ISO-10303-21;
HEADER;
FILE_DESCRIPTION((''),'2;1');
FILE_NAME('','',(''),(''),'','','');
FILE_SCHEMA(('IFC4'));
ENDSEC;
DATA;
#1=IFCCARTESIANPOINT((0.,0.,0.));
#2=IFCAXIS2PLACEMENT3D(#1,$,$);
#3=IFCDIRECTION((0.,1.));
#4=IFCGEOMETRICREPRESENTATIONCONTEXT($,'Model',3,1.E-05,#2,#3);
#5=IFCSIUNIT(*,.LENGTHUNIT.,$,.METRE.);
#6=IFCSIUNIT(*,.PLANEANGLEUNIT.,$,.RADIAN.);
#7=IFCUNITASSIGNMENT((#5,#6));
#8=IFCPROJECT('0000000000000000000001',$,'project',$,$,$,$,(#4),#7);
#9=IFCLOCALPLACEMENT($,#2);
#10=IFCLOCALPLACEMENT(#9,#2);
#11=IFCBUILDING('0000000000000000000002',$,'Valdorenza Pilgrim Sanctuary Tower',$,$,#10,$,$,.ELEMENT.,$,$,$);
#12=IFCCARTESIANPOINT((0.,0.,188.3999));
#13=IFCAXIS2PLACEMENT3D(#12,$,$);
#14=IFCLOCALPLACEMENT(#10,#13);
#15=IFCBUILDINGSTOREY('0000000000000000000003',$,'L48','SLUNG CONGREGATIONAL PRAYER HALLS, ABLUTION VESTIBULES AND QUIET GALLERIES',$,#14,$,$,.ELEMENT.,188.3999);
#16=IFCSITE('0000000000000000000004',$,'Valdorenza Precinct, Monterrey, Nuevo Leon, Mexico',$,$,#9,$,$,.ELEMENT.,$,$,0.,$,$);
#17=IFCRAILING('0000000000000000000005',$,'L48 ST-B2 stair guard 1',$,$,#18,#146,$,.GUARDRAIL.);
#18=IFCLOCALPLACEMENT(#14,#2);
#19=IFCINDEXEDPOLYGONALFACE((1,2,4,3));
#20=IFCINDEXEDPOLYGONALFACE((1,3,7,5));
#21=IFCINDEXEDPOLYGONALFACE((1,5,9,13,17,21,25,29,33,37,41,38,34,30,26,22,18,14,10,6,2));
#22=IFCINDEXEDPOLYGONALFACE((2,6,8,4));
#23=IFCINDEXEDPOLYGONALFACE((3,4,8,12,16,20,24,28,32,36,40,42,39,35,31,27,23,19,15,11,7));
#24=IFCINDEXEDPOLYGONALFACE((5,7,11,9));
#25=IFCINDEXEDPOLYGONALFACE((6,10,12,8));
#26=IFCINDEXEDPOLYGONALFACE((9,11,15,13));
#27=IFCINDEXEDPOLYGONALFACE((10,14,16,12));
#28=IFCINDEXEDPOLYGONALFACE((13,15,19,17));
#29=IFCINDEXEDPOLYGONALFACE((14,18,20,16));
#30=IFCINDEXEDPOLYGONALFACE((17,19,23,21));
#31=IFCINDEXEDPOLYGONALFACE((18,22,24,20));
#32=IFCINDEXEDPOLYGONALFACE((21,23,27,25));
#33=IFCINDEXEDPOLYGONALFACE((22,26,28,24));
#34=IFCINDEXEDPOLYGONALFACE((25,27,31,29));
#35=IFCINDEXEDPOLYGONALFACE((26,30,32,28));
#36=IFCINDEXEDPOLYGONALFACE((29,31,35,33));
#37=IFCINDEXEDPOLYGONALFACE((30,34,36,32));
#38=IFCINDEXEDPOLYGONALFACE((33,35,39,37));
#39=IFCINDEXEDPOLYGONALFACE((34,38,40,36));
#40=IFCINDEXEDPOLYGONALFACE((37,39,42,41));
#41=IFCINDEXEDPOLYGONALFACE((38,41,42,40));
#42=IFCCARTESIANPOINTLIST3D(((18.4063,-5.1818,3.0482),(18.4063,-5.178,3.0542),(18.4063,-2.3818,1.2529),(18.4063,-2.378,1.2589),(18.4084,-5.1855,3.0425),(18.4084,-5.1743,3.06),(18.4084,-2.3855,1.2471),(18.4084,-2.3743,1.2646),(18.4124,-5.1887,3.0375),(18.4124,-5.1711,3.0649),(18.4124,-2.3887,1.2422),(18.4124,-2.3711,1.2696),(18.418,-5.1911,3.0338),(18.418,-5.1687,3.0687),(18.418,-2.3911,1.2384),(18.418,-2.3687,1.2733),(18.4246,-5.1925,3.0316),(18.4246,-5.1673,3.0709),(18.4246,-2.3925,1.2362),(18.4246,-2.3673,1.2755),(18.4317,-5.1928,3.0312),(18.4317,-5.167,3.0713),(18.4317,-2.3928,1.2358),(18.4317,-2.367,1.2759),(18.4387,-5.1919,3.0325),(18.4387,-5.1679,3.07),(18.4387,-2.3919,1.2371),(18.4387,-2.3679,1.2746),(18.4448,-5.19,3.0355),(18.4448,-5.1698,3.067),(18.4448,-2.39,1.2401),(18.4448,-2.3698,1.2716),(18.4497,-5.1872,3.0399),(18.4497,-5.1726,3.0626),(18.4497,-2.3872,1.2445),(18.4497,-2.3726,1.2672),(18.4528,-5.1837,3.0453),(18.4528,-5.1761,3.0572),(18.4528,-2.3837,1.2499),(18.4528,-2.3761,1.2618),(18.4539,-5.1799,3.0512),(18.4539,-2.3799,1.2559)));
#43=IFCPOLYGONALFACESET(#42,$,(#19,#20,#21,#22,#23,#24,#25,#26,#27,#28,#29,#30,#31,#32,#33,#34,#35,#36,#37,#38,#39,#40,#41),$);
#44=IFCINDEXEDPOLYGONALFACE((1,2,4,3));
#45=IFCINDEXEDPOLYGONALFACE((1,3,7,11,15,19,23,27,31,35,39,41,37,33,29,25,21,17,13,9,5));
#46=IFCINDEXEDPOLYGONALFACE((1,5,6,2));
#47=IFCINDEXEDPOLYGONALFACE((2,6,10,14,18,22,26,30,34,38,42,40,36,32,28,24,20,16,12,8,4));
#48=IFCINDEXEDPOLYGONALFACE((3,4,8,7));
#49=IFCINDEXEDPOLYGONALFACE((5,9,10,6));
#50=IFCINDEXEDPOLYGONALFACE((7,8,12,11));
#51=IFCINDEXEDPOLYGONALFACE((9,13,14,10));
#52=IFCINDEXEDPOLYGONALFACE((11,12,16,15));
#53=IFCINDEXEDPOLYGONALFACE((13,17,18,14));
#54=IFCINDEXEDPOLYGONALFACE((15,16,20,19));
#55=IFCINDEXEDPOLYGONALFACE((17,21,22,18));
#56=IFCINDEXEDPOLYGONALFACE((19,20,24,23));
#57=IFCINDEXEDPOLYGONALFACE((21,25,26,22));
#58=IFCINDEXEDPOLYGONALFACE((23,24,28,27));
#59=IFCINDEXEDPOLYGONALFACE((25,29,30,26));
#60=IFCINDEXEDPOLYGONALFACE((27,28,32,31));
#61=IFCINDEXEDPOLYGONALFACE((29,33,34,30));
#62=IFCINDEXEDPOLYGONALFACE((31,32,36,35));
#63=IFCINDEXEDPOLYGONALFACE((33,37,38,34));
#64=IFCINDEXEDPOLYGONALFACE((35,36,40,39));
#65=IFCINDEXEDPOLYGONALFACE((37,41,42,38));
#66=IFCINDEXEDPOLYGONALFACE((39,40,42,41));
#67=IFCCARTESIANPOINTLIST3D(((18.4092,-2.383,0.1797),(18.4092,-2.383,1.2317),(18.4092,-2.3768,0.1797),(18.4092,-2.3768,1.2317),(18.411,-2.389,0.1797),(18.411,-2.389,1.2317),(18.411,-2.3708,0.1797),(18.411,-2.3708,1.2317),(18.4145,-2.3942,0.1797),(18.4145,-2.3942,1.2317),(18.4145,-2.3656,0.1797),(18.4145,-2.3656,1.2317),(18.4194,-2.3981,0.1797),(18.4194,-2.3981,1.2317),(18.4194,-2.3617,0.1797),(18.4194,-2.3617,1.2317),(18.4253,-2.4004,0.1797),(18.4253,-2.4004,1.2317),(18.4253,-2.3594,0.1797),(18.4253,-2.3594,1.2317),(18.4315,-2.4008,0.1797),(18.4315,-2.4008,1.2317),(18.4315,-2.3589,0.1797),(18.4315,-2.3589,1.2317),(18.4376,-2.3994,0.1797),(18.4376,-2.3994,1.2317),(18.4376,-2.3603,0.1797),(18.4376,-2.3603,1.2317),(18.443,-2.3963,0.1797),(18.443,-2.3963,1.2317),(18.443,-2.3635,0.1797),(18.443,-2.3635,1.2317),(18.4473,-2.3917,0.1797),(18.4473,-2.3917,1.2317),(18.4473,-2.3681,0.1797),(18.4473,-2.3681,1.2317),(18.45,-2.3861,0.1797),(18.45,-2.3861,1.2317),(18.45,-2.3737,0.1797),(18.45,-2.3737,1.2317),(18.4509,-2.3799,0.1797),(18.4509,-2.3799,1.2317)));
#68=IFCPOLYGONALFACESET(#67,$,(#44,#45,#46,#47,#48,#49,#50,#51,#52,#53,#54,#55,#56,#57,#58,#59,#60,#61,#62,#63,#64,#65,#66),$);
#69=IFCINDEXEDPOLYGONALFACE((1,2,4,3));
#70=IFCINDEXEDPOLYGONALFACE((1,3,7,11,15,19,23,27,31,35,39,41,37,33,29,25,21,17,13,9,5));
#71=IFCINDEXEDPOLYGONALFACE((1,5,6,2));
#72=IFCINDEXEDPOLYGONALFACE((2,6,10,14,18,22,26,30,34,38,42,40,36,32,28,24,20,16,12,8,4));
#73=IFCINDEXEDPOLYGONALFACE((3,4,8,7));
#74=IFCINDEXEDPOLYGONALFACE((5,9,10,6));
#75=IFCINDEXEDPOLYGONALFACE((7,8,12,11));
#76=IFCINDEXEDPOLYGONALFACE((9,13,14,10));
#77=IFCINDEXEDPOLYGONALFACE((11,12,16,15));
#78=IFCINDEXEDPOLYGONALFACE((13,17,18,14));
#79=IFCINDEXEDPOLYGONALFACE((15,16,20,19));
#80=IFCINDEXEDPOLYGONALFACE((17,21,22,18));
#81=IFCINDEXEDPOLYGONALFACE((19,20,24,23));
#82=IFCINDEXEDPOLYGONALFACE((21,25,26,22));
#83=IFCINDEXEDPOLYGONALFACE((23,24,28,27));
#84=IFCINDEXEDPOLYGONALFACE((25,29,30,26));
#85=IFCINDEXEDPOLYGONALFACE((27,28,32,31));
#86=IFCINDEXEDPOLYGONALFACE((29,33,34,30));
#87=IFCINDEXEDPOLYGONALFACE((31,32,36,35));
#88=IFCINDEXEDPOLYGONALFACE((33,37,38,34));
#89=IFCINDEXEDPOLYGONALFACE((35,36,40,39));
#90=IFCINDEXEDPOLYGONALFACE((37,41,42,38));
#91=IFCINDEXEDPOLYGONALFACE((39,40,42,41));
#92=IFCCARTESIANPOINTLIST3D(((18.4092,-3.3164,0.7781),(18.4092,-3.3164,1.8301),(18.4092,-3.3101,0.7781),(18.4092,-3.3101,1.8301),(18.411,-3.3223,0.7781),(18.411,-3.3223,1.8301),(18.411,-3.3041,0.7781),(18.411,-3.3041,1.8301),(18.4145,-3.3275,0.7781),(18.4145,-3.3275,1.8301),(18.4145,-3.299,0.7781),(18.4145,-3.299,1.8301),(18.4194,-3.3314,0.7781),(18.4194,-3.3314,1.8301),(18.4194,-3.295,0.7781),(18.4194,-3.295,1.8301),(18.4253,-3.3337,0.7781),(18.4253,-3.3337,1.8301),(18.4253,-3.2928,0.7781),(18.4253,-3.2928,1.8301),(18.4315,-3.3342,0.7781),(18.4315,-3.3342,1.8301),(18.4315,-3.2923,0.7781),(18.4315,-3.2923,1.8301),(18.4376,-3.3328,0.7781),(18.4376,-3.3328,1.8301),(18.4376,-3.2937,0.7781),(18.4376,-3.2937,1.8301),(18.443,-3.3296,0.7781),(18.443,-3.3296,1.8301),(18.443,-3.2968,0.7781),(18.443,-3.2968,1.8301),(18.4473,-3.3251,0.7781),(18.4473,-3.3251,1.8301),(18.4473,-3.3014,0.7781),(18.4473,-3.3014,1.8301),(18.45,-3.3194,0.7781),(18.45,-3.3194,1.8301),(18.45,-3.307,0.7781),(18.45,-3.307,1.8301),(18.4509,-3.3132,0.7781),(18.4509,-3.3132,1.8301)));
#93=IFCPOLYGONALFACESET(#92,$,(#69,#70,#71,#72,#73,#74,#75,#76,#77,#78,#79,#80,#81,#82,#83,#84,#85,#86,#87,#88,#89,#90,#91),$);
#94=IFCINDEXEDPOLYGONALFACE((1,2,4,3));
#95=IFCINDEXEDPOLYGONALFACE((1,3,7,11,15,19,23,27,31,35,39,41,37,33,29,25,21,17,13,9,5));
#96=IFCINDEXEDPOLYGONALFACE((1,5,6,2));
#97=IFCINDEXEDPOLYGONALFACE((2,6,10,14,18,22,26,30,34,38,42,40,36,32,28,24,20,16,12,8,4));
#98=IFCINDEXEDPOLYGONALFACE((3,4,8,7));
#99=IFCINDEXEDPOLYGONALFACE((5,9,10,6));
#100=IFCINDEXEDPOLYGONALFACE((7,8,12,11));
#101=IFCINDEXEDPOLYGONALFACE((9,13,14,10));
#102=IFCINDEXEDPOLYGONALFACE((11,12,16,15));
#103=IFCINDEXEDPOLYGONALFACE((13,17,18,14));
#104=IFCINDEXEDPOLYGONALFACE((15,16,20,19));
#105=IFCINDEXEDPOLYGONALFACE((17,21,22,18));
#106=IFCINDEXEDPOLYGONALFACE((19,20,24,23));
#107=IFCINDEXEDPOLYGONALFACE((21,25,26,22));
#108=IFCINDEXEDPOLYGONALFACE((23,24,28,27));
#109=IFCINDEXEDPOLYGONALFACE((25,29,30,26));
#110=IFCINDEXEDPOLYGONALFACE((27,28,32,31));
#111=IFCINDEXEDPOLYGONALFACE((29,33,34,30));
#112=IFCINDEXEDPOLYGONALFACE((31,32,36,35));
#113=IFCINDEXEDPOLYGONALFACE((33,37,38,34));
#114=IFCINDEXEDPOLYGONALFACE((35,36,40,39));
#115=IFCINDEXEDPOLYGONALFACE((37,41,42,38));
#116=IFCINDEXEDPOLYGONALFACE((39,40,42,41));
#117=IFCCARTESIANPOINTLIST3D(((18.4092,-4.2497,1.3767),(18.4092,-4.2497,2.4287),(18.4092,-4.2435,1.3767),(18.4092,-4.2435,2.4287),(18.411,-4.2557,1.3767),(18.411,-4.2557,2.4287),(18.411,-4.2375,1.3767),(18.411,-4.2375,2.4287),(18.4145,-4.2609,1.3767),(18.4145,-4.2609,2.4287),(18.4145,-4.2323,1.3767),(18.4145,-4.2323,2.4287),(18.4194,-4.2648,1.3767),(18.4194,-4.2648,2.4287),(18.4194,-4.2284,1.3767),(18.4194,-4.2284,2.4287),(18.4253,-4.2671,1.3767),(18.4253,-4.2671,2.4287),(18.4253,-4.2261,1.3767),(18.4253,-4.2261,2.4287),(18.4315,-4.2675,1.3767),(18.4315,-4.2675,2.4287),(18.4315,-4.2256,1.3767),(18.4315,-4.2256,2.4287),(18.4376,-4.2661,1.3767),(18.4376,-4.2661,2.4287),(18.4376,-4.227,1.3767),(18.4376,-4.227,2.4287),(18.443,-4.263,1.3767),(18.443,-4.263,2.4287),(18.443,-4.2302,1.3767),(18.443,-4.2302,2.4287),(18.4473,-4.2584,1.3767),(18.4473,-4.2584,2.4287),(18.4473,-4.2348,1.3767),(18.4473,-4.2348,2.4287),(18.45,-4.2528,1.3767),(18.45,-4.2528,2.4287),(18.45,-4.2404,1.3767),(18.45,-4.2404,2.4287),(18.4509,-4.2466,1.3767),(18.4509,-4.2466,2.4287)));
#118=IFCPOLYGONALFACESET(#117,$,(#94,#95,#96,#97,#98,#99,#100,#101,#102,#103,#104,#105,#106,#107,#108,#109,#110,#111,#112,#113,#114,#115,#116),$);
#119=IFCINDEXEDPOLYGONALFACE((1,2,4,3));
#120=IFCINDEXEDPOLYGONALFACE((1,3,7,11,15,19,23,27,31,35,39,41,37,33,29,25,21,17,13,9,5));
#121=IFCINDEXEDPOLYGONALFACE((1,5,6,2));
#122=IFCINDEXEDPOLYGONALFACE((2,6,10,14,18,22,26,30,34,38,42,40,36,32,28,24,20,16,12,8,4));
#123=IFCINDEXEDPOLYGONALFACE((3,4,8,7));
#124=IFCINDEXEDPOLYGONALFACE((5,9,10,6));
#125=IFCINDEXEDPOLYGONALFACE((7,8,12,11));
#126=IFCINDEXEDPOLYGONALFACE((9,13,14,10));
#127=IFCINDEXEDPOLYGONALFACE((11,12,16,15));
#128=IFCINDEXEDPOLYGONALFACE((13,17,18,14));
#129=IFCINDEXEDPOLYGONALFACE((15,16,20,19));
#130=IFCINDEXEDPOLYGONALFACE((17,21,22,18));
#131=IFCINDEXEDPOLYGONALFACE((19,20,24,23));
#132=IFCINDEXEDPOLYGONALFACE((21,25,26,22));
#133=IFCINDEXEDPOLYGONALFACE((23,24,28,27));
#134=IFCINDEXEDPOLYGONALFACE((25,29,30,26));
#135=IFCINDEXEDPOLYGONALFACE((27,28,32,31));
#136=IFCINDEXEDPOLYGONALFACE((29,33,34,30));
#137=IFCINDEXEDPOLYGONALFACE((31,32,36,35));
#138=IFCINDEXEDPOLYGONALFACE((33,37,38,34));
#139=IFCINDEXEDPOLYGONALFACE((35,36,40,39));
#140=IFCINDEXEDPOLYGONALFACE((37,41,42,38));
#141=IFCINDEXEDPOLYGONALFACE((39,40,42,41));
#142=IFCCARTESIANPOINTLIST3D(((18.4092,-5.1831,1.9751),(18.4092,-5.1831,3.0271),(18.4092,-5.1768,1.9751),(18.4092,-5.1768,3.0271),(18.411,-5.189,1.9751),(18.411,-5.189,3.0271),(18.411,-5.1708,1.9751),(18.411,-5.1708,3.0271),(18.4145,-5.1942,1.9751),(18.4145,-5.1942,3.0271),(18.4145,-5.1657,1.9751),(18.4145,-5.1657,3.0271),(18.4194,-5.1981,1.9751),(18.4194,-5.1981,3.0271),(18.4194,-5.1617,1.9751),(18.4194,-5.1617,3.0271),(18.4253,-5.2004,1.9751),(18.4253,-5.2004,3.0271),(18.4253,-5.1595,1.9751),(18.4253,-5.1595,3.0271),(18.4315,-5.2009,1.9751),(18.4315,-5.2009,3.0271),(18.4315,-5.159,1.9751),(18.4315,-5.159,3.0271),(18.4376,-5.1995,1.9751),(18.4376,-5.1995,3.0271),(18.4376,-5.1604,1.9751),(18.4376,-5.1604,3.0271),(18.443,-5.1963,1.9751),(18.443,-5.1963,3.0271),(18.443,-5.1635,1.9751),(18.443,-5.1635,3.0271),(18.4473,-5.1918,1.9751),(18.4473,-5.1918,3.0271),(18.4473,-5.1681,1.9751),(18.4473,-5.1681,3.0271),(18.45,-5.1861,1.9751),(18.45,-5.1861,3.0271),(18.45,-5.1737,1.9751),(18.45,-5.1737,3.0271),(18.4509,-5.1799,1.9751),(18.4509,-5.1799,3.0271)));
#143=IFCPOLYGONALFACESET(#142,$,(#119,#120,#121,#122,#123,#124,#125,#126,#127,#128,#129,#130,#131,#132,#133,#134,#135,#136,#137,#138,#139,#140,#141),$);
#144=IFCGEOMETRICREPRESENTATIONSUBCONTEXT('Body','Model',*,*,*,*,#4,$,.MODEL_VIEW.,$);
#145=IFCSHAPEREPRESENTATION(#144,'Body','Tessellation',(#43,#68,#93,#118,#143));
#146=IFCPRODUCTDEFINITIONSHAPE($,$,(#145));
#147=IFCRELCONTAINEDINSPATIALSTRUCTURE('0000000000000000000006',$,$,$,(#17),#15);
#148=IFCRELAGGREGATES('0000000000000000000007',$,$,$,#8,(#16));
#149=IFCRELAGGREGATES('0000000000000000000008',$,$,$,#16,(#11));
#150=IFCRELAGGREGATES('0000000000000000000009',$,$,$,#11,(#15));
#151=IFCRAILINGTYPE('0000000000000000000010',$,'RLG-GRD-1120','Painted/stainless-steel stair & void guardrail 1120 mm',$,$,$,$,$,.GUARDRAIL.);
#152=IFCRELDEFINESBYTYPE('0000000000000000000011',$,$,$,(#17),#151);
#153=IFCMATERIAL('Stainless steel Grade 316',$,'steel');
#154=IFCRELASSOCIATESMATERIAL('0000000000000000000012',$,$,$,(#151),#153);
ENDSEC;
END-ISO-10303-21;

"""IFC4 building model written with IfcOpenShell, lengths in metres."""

from ifc_helpers import new_model, si_unit, direction, frame, origin, origin_2d, place, context, subcontext, project, spatial, circle, extrude, material, type_object, element, save


model = new_model("IFC4")

# Units and contexts
model_context = context("Model", 3, precision=1e-05, world=origin(), true_north=direction((0.0, 1.0)))
body_context = subcontext(model_context, "Body", "Model", "MODEL_VIEW")
ifc_project = project(units=[si_unit("LENGTHUNIT", "METRE"), si_unit("PLANEANGLEUNIT", "RADIAN")], contexts=[model_context])

# Site, building, storey
site_placement = place(None, origin())
site = spatial("IfcSite", under=ifc_project, at=site_placement, Name="Valdorenza Precinct, Monterrey, Nuevo Leon, Mexico", CompositionType="ELEMENT", RefElevation=0.0)
building_placement = place(site_placement, origin())
building = spatial("IfcBuilding", under=site, at=building_placement, Name="Valdorenza Pilgrim Sanctuary Tower", CompositionType="ELEMENT")
storey_placement = place(building_placement, frame((0.0, 0.0, 188.3999)))
storey = spatial("IfcBuildingStorey", under=building, at=storey_placement, Name="L48", Description="SLUNG CONGREGATIONAL PRAYER HALLS, ABLUTION VESTIBULES AND QUIET GALLERIES", CompositionType="ELEMENT", Elevation=188.3999)

# Railing
ifc_material_1 = material(Name="Stainless steel Grade 316", Category="steel")
railing_type_1 = type_object("IfcRailingType", Name="RLG-GRD-1120", Description="Painted/stainless-steel stair & void guardrail 1120 mm", PredefinedType="GUARDRAIL", material=ifc_material_1)
railing_1_placement = place(storey_placement, frame((18.4299, -2.3799, 0.1797)))
element("IfcRailing", 1, at=railing_1_placement, inside=storey, type_object=railing_type_1, Name="L48 ST-B2 stair guard 1", PredefinedType="GUARDRAIL", context=body_context, shape_type="SweptSolid", body=[
    extrude(circle(Radius=0.0239, at=origin_2d()), frame((0.0, 0.0, 1.0762), z_axis=(0.0, -0.84181, 0.539774), x_axis=(1.0, 0.0, 0.0)), (0.0, 0.0, 1.0), 3.3262),
    extrude(circle(Radius=0.021, at=origin_2d()), origin(), (0.0, 0.0, 1.0), 1.052),
    extrude(circle(Radius=0.021, at=origin_2d()), frame((0.0, -0.9333, 0.5984)), (0.0, 0.0, 1.0), 1.052),
    extrude(circle(Radius=0.021, at=origin_2d()), frame((0.0, -1.8667, 1.197)), (0.0, 0.0, 1.0), 1.052),
    extrude(circle(Radius=0.021, at=origin_2d()), frame((0.0, -2.8, 1.7954)), (0.0, 0.0, 1.0), 1.052),
])

save(model, "model.ifc")
